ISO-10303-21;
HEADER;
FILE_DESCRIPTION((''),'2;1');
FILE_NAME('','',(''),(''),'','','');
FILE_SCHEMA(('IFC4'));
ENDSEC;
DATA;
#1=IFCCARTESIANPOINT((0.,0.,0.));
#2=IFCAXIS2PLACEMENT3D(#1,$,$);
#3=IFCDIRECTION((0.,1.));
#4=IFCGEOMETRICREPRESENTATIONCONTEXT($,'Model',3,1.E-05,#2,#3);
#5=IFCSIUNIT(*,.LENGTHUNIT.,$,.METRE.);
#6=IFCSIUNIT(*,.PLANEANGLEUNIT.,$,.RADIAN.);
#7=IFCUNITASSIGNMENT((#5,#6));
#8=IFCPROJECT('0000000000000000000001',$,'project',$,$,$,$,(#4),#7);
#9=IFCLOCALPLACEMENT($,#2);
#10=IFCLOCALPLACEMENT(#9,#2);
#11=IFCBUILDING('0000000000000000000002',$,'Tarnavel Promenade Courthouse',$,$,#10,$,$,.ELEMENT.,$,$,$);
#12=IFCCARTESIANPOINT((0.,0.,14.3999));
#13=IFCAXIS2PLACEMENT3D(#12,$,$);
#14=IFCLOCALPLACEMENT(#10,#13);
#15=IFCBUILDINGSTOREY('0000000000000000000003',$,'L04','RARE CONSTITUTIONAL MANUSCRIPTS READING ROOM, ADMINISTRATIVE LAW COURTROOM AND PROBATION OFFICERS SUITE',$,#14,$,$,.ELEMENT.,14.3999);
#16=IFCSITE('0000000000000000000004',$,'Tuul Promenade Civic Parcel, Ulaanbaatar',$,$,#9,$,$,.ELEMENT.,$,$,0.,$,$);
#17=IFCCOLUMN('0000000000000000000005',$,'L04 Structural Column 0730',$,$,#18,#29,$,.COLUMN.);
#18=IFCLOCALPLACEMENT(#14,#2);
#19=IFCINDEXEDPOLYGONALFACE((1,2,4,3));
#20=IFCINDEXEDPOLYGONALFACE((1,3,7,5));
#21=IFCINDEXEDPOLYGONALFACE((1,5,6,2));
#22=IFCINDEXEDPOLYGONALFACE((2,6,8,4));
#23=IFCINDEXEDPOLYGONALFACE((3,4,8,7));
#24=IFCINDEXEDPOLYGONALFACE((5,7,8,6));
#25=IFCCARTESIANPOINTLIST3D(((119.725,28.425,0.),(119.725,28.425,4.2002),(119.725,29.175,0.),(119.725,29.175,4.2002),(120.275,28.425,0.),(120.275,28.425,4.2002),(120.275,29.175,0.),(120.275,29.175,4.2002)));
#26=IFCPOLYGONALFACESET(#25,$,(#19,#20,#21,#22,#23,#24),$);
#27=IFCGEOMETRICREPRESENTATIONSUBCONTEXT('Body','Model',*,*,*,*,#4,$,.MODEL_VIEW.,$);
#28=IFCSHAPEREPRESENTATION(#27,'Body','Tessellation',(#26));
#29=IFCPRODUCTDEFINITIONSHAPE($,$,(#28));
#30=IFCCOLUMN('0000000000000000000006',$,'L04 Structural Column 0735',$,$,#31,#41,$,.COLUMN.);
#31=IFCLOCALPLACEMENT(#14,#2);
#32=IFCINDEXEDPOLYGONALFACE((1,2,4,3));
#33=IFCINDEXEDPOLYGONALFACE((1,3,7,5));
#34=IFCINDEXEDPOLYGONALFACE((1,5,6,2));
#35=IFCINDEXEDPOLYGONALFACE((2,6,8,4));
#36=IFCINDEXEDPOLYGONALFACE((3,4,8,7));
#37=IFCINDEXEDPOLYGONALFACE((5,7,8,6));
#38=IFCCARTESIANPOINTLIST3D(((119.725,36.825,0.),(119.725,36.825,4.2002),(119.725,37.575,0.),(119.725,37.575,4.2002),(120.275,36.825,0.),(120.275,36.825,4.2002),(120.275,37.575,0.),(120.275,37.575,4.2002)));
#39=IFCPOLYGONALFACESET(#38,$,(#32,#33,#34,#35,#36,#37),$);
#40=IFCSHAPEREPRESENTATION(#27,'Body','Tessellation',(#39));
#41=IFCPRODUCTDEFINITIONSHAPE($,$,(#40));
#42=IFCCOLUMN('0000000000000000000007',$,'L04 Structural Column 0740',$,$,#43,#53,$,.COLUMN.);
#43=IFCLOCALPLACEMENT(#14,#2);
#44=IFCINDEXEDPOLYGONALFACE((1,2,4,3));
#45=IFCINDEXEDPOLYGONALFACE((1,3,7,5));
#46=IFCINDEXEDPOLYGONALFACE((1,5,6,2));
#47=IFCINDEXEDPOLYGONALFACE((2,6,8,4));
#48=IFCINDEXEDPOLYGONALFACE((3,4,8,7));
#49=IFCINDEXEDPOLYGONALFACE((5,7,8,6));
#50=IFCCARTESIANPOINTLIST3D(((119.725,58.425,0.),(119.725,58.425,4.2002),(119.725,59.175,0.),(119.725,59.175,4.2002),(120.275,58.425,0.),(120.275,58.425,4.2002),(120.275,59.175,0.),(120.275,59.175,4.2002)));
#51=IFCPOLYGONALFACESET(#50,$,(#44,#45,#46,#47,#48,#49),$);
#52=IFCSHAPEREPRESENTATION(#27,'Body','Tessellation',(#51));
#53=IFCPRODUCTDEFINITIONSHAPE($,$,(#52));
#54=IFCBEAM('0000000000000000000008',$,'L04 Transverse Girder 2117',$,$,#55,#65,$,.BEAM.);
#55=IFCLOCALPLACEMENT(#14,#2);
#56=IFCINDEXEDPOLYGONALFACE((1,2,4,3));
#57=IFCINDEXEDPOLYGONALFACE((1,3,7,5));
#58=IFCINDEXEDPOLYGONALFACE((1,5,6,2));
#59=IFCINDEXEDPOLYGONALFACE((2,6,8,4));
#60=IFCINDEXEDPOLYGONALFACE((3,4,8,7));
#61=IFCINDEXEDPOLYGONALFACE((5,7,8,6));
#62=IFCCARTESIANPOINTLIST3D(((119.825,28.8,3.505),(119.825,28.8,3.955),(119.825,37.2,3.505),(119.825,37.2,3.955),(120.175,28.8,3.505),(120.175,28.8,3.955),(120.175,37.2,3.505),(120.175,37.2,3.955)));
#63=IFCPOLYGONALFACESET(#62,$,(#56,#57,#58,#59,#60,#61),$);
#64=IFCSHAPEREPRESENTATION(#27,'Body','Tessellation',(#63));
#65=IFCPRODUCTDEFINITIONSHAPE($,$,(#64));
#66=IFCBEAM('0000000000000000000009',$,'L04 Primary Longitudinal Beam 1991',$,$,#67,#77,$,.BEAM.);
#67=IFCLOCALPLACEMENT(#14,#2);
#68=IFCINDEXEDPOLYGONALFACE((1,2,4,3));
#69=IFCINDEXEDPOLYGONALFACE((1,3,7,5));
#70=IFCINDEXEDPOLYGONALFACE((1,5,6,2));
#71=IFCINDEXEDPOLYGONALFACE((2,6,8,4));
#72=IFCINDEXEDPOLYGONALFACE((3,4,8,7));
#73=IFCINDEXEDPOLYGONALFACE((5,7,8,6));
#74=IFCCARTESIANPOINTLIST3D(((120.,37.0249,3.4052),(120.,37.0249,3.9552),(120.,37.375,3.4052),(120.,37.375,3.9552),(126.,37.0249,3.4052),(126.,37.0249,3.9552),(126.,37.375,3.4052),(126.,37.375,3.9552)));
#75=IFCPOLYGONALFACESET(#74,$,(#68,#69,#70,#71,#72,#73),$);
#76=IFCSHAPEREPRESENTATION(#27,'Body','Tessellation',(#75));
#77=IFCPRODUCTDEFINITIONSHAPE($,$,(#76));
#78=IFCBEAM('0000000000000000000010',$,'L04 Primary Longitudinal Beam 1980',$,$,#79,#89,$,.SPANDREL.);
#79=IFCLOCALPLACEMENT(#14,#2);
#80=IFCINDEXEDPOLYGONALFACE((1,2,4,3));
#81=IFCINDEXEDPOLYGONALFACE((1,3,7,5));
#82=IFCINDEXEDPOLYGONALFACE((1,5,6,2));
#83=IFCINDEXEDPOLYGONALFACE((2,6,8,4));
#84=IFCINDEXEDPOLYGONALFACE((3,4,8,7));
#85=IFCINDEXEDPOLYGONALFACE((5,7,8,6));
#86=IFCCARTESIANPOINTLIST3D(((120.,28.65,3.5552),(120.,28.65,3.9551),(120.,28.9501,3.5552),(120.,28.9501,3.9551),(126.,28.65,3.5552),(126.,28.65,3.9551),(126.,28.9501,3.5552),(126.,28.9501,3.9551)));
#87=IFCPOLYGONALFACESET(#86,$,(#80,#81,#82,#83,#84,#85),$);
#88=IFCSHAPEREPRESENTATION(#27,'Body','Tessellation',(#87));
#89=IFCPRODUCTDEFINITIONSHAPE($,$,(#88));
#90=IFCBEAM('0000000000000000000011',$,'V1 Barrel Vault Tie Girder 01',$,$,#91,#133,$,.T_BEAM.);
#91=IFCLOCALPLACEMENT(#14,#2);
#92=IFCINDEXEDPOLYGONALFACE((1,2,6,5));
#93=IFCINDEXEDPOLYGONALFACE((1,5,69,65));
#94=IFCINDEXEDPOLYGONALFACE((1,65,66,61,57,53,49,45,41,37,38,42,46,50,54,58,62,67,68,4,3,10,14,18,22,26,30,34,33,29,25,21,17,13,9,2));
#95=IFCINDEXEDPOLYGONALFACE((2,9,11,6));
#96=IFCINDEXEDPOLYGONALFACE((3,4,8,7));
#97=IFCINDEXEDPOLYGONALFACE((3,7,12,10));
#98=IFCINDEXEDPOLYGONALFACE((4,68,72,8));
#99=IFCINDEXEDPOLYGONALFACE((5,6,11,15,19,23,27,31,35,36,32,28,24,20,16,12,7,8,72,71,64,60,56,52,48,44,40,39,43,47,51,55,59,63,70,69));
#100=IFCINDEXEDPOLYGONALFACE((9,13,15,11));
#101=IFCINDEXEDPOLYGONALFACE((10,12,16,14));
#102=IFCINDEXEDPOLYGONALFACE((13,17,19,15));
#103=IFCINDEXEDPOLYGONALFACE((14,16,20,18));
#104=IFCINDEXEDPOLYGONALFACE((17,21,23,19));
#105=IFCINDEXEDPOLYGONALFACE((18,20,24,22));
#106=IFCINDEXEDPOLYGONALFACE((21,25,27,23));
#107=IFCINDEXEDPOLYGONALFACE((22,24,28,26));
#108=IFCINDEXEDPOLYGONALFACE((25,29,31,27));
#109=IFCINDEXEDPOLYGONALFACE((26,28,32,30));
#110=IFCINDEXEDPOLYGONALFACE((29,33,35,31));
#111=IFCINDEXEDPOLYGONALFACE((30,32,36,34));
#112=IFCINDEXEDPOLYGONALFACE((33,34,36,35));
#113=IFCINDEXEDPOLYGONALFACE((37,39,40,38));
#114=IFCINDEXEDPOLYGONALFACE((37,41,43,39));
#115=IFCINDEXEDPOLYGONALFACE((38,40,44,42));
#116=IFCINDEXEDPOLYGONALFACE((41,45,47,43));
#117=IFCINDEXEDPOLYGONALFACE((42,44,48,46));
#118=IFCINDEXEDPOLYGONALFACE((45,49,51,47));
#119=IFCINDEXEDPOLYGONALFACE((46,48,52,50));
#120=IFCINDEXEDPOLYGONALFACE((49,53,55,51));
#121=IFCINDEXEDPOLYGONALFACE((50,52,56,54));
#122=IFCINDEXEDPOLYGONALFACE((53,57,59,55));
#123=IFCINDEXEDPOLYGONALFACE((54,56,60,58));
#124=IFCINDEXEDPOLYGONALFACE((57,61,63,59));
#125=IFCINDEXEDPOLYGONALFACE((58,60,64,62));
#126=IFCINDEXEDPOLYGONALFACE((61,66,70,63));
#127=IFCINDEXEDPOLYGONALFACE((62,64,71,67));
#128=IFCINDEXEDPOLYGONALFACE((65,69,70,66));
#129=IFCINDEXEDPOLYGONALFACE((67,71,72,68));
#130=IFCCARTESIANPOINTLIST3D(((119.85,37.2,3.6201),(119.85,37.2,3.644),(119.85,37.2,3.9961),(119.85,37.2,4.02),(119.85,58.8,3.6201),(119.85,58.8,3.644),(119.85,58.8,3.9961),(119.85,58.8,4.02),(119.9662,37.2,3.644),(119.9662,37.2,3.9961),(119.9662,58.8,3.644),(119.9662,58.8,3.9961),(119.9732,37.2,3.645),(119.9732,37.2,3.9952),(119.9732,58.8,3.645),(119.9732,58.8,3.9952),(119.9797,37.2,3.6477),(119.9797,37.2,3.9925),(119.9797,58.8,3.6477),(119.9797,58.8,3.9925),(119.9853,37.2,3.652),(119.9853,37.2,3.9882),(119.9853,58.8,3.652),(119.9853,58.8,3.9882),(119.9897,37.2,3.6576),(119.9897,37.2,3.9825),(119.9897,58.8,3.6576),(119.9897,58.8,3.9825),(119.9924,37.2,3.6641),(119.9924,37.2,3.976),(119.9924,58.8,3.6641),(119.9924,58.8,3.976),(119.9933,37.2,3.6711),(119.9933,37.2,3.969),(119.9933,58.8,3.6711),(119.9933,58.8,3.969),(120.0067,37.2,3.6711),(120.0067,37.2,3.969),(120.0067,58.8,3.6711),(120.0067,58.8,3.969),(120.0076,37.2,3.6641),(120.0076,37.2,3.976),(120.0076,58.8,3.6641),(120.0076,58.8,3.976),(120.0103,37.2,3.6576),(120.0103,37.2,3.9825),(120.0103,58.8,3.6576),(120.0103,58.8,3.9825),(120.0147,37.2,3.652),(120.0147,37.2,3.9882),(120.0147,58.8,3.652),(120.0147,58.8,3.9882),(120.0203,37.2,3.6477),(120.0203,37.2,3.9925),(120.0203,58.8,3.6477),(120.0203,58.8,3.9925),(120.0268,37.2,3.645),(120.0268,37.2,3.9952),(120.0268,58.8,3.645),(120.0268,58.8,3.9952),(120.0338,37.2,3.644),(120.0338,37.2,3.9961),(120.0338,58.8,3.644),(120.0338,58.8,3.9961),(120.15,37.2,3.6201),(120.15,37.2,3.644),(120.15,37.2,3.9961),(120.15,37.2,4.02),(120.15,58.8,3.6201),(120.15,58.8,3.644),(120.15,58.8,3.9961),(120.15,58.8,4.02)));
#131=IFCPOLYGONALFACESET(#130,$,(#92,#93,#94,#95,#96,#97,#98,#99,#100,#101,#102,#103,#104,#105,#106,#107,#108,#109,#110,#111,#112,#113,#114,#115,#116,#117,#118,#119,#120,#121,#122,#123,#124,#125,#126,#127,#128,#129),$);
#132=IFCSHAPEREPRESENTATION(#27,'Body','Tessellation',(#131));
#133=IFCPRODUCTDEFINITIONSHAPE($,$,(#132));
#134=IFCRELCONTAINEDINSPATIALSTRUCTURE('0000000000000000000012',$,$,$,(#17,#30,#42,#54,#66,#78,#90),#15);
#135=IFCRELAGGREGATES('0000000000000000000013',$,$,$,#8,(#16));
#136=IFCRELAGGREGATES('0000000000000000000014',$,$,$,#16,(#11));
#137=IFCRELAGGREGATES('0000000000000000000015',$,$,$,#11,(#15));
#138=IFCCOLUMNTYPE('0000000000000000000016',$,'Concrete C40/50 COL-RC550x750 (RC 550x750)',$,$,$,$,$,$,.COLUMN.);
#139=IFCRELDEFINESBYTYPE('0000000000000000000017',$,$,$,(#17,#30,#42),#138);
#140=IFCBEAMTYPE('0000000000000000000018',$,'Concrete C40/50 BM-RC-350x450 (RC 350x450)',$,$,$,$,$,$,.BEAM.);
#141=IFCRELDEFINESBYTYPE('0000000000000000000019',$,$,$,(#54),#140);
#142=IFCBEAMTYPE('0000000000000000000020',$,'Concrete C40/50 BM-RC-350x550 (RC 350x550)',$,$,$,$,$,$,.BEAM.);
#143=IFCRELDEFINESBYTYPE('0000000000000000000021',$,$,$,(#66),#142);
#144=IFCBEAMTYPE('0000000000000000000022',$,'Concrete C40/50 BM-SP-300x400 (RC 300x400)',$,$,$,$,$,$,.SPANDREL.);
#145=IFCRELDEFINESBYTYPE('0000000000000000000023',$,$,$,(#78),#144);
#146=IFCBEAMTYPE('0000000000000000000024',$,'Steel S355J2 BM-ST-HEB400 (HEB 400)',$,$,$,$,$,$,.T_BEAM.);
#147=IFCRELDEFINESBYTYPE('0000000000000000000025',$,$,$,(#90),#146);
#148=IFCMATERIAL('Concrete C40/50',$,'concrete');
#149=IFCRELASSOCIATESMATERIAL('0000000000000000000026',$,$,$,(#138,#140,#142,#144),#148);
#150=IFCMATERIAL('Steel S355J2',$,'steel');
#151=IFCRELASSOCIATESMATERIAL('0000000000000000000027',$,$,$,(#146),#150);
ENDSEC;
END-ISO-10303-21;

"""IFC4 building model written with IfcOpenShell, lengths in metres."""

from ifc_helpers import new_model, si_unit, direction, frame, origin, origin_2d, place, context, subcontext, project, spatial, rectangle, i_section, extrude, material, material_profile, profile_set, type_object, element, save


model = new_model("IFC4")

# Units and contexts
model_context = context("Model", 3, precision=1e-05, world=origin(), true_north=direction((0.0, 1.0)))
body_context = subcontext(model_context, "Body", "Model", "MODEL_VIEW")
ifc_project = project(units=[si_unit("LENGTHUNIT", "METRE"), si_unit("PLANEANGLEUNIT", "RADIAN")], contexts=[model_context])

# Site, building, storey
site_placement = place(None, origin())
site = spatial("IfcSite", under=ifc_project, at=site_placement, Name="Tuul Promenade Civic Parcel, Ulaanbaatar", CompositionType="ELEMENT", RefElevation=0.0)
building_placement = place(site_placement, origin())
building = spatial("IfcBuilding", under=site, at=building_placement, Name="Tarnavel Promenade Courthouse", CompositionType="ELEMENT")
storey_placement = place(building_placement, frame((0.0, 0.0, 14.3999)))
storey = spatial("IfcBuildingStorey", under=building, at=storey_placement, Name="L04", Description="RARE CONSTITUTIONAL MANUSCRIPTS READING ROOM, ADMINISTRATIVE LAW COURTROOM AND PROBATION OFFICERS SUITE", CompositionType="ELEMENT", Elevation=14.3999)

# Columns
ifc_material_1 = material(Name="Concrete C40/50", Category="concrete")
ifc_material_profile_1 = material_profile(ifc_material_1, rectangle(XDim=0.55, YDim=0.75, at=origin_2d()), Name="RC 550x750")
ifc_profile_set_1 = profile_set([ifc_material_profile_1], Name="Concrete C40/50")
column_type = type_object("IfcColumnType", Name="Concrete C40/50 COL-RC550x750 (RC 550x750)", PredefinedType="COLUMN", material=ifc_profile_set_1)
for number, where, z_axis, x_axis, name in (
    (1, (120.0, 28.8, 0.0), (0.0, 0.0, 1.0), (1.0, 0.0, 0.0), "L04 Structural Column 0730"),
    (2, (120.0, 37.2, 0.0), (0.0, 0.0, 1.0), (1.0, 0.0, 0.0), "L04 Structural Column 0735"),
    (3, (120.0, 58.8, 0.0), (0.0, 0.0, 1.0), (1.0, 0.0, 0.0), "L04 Structural Column 0740"),
):
    element("IfcColumn", number, at=place(storey_placement, frame(where, z_axis=z_axis, x_axis=x_axis)), inside=storey, type_object=column_type, Name=name, PredefinedType="COLUMN", context=body_context, shape_type="SweptSolid", body=[
        extrude(rectangle(XDim=0.55, YDim=0.75, at=origin_2d()), origin(), (0.0, 0.0, 1.0), 4.2002),
    ])

# Beams
ifc_material_profile_2 = material_profile(ifc_material_1, rectangle(XDim=0.3501, YDim=0.45, at=origin_2d()), Name="RC 350x450")
ifc_profile_set_2 = profile_set([ifc_material_profile_2], Name="Concrete C40/50")
beam_type_1 = type_object("IfcBeamType", Name="Concrete C40/50 BM-RC-350x450 (RC 350x450)", PredefinedType="BEAM", material=ifc_profile_set_2)
beam_1_placement = place(storey_placement, frame((120.0, 28.8, 3.73), z_axis=(0.0, 1.0, 0.0), x_axis=(-1.0, 0.0, 0.0)))
element("IfcBeam", 4, at=beam_1_placement, inside=storey, type_object=beam_type_1, Name="L04 Transverse Girder 2117", PredefinedType="BEAM", context=body_context, shape_type="SweptSolid", body=[
    extrude(rectangle(XDim=0.3501, YDim=0.45, at=origin_2d()), origin(), (0.0, 0.0, 1.0), 8.3999),
])
ifc_material_profile_3 = material_profile(ifc_material_1, rectangle(XDim=0.3501, YDim=0.55, at=origin_2d()), Name="RC 350x550")
ifc_profile_set_3 = profile_set([ifc_material_profile_3], Name="Concrete C40/50")
beam_type_2 = type_object("IfcBeamType", Name="Concrete C40/50 BM-RC-350x550 (RC 350x550)", PredefinedType="BEAM", material=ifc_profile_set_3)
beam_2_placement = place(storey_placement, frame((120.0, 37.2, 3.6802), z_axis=(1.0, 0.0, 0.0), x_axis=(0.0, 1.0, 0.0)))
element("IfcBeam", 5, at=beam_2_placement, inside=storey, type_object=beam_type_2, Name="L04 Primary Longitudinal Beam 1991", PredefinedType="BEAM", context=body_context, shape_type="SweptSolid", body=[
    extrude(rectangle(XDim=0.3501, YDim=0.55, at=origin_2d()), origin(), (0.0, 0.0, 1.0), 6.0),
])
ifc_material_profile_4 = material_profile(ifc_material_1, rectangle(XDim=0.3, YDim=0.3999, at=origin_2d()), Name="RC 300x400")
ifc_profile_set_4 = profile_set([ifc_material_profile_4], Name="Concrete C40/50")
beam_type_3 = type_object("IfcBeamType", Name="Concrete C40/50 BM-SP-300x400 (RC 300x400)", PredefinedType="SPANDREL", material=ifc_profile_set_4)
beam_3_placement = place(storey_placement, frame((120.0, 28.8, 3.7551), z_axis=(1.0, 0.0, 0.0), x_axis=(0.0, 1.0, 0.0)))
element("IfcBeam", 6, at=beam_3_placement, inside=storey, type_object=beam_type_3, Name="L04 Primary Longitudinal Beam 1980", PredefinedType="SPANDREL", context=body_context, shape_type="SweptSolid", body=[
    extrude(rectangle(XDim=0.3, YDim=0.3999, at=origin_2d()), origin(), (0.0, 0.0, 1.0), 6.0),
])
ifc_material_2 = material(Name="Steel S355J2", Category="steel")
ifc_material_profile_5 = material_profile(ifc_material_2, i_section(OverallWidth=0.3, OverallDepth=0.3999, WebThickness=0.0134, FlangeThickness=0.0239, FilletRadius=0.0271, at=origin_2d()), Name="HEB 400")
ifc_profile_set_5 = profile_set([ifc_material_profile_5], Name="Steel S355J2")
beam_type_4 = type_object("IfcBeamType", Name="Steel S355J2 BM-ST-HEB400 (HEB 400)", PredefinedType="T_BEAM", material=ifc_profile_set_5)
beam_4_placement = place(storey_placement, frame((120.0, 37.2, 3.8201), z_axis=(0.0, 1.0, 0.0), x_axis=(-1.0, 0.0, 0.0)))
element("IfcBeam", 7, at=beam_4_placement, inside=storey, type_object=beam_type_4, Name="V1 Barrel Vault Tie Girder 01", PredefinedType="T_BEAM", context=body_context, shape_type="SweptSolid", body=[
    extrude(i_section(OverallWidth=0.3, OverallDepth=0.3999, WebThickness=0.0134, FlangeThickness=0.0239, FilletRadius=0.0271, at=origin_2d()), origin(), (0.0, 0.0, 1.0), 21.6001),
])

save(model, "model.ifc")
